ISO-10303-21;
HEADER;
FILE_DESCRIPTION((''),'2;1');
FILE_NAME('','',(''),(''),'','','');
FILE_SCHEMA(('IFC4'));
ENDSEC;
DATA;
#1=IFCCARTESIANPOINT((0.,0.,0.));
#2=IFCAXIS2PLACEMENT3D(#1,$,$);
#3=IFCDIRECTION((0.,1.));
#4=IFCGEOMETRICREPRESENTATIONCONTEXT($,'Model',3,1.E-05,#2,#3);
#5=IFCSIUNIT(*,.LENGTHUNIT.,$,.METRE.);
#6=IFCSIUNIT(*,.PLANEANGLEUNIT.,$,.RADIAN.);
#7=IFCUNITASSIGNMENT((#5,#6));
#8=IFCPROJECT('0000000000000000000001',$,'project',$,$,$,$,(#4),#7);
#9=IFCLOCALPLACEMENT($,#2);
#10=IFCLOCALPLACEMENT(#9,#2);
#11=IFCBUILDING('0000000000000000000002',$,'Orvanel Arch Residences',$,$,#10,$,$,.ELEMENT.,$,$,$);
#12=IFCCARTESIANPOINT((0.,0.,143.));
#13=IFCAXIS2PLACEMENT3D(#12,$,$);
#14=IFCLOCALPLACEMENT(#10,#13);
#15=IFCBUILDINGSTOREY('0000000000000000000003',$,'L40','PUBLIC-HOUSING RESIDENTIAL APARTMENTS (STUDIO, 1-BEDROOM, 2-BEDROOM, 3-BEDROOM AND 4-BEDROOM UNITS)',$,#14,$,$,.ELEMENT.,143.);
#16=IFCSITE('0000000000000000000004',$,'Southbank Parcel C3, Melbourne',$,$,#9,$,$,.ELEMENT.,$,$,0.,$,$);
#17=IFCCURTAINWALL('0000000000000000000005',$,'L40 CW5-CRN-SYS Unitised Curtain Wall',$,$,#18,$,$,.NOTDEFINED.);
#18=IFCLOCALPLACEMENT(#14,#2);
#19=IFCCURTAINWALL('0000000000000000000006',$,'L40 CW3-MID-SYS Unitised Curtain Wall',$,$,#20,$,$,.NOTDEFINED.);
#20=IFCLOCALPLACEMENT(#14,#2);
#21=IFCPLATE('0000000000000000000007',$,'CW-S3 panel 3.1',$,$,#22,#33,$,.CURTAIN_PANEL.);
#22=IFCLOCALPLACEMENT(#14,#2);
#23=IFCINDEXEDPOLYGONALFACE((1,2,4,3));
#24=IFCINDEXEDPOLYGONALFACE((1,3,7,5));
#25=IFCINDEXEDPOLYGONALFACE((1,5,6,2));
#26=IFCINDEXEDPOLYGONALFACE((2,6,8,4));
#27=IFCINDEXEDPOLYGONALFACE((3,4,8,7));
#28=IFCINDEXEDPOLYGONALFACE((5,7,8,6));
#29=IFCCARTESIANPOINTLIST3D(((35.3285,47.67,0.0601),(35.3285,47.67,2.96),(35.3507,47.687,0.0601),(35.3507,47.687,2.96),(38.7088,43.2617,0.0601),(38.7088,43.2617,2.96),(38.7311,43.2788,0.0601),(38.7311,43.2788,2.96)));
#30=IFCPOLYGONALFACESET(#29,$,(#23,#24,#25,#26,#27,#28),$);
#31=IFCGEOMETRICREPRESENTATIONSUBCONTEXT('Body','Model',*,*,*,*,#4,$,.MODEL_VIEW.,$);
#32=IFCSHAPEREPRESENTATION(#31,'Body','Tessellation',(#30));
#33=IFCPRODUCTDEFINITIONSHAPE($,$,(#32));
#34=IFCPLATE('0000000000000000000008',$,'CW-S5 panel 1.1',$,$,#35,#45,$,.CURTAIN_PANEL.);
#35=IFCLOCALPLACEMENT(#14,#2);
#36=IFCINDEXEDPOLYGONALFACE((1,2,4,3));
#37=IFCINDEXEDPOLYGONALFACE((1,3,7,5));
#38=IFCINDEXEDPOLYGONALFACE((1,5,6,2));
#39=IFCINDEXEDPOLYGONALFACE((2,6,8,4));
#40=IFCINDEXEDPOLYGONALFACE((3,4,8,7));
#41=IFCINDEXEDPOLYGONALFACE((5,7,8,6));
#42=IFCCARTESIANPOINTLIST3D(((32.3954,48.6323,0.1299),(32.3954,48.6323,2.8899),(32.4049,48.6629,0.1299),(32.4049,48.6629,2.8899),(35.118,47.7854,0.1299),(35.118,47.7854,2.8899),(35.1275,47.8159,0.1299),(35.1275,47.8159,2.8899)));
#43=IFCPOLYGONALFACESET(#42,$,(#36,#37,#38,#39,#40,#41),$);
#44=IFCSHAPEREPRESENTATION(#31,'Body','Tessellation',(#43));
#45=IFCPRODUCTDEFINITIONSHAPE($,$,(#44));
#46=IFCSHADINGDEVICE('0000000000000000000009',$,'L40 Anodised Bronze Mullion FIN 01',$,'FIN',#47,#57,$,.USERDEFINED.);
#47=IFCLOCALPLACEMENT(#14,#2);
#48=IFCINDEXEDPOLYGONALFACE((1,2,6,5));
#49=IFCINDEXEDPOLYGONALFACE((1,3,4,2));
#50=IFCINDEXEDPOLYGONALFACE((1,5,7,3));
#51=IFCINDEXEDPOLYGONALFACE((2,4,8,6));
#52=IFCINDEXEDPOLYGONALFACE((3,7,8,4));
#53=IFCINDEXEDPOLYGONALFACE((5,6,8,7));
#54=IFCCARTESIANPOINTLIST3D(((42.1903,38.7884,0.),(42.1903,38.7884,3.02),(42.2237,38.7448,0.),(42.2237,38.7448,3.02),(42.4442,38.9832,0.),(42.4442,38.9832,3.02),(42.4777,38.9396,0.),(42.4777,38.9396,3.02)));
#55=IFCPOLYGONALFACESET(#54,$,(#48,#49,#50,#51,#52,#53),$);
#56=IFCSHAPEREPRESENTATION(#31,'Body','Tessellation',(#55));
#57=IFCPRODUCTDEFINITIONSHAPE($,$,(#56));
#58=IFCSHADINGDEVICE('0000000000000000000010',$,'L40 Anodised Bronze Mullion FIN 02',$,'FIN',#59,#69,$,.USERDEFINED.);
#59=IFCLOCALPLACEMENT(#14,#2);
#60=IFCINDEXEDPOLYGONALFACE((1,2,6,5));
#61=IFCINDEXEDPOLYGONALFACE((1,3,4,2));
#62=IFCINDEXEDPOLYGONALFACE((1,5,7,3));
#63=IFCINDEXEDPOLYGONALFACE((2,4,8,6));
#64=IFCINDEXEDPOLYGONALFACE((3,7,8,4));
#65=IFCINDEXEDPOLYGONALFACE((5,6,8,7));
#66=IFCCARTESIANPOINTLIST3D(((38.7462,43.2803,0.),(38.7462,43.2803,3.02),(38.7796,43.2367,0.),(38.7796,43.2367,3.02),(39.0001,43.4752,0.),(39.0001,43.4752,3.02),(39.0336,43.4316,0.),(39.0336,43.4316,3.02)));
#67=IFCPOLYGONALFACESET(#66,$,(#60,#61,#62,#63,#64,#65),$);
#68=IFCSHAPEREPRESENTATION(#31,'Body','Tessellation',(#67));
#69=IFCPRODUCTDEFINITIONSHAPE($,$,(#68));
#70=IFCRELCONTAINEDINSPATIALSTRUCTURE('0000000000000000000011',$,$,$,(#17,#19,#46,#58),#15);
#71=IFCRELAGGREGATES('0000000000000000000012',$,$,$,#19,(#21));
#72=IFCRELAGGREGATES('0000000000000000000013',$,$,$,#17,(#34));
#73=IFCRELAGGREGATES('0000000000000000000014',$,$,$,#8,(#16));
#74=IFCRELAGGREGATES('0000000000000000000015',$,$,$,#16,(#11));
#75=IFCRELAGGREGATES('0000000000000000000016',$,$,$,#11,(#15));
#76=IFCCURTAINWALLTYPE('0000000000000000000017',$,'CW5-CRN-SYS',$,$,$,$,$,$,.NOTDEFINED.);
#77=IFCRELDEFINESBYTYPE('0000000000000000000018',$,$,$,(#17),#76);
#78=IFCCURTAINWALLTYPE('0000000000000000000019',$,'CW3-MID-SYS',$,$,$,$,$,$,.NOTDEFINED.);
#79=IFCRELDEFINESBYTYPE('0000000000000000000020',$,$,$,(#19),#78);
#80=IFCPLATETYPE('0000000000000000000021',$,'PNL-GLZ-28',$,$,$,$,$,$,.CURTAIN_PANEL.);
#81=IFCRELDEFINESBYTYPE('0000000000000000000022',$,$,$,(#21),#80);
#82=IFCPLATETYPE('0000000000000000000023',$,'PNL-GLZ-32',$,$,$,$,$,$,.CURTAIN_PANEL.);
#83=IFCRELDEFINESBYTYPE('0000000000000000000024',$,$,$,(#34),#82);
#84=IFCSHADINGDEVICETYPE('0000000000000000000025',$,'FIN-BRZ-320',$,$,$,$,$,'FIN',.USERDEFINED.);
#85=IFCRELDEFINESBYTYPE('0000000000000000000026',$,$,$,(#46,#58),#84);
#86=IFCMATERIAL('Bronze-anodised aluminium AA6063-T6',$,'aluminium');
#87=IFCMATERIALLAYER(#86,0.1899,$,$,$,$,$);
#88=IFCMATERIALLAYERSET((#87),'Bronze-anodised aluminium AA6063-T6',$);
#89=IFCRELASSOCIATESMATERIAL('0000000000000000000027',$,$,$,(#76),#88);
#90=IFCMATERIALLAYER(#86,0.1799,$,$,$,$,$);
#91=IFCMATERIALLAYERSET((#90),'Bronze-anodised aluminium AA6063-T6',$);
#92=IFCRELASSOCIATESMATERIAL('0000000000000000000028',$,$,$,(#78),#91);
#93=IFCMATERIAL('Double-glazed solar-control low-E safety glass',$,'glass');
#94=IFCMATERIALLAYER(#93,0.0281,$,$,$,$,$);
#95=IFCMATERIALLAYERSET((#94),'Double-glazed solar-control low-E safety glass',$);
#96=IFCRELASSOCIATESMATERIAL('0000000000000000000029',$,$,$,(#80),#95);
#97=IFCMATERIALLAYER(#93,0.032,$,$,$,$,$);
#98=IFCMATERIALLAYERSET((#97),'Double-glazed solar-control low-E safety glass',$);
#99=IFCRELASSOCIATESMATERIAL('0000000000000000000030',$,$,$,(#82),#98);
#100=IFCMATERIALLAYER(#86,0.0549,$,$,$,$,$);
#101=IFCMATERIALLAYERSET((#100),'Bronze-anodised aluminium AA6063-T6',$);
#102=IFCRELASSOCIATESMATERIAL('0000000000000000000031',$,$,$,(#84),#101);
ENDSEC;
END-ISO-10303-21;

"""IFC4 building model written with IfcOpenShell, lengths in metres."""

from ifc_helpers import new_model, si_unit, direction, frame, origin, origin_2d, place, context, subcontext, project, spatial, rectangle, extrude, material, layer, layer_set, type_object, element, aggregate, save


model = new_model("IFC4")

# Units and contexts
model_context = context("Model", 3, precision=1e-05, world=origin(), true_north=direction((0.0, 1.0)))
body_context = subcontext(model_context, "Body", "Model", "MODEL_VIEW")
ifc_project = project(units=[si_unit("LENGTHUNIT", "METRE"), si_unit("PLANEANGLEUNIT", "RADIAN")], contexts=[model_context])

# Site, building, storey
site_placement = place(None, origin())
site = spatial("IfcSite", under=ifc_project, at=site_placement, Name="Southbank Parcel C3, Melbourne", CompositionType="ELEMENT", RefElevation=0.0)
building_placement = place(site_placement, origin())
building = spatial("IfcBuilding", under=site, at=building_placement, Name="Orvanel Arch Residences", CompositionType="ELEMENT")
storey_placement = place(building_placement, frame((0.0, 0.0, 143.0)))
storey = spatial("IfcBuildingStorey", under=building, at=storey_placement, Name="L40", Description="PUBLIC-HOUSING RESIDENTIAL APARTMENTS (STUDIO, 1-BEDROOM, 2-BEDROOM, 3-BEDROOM AND 4-BEDROOM UNITS)", CompositionType="ELEMENT", Elevation=143.0)

# Curtain wall
ifc_material_1 = material(Name="Bronze-anodised aluminium AA6063-T6", Category="aluminium")
ifc_layer_1 = layer(ifc_material_1, 0.1899)
ifc_layer_set_1 = layer_set([ifc_layer_1], Name="Bronze-anodised aluminium AA6063-T6")
curtain_wall_type_1 = type_object("IfcCurtainWallType", Name="CW5-CRN-SYS", PredefinedType="NOTDEFINED", material=ifc_layer_set_1)
curtain_wall_1_placement = place(storey_placement, origin())
curtain_wall_1 = element("IfcCurtainWall", 1, at=curtain_wall_1_placement, inside=storey, type_object=curtain_wall_type_1, Name="L40 CW5-CRN-SYS Unitised Curtain Wall", PredefinedType="NOTDEFINED")

# Curtain wall
ifc_layer_2 = layer(ifc_material_1, 0.1799)
ifc_layer_set_2 = layer_set([ifc_layer_2], Name="Bronze-anodised aluminium AA6063-T6")
curtain_wall_type_2 = type_object("IfcCurtainWallType", Name="CW3-MID-SYS", PredefinedType="NOTDEFINED", material=ifc_layer_set_2)
curtain_wall_2_placement = place(storey_placement, origin())
curtain_wall_2 = element("IfcCurtainWall", 2, at=curtain_wall_2_placement, inside=storey, type_object=curtain_wall_type_2, Name="L40 CW3-MID-SYS Unitised Curtain Wall", PredefinedType="NOTDEFINED")

# Plates
ifc_material_2 = material(Name="Double-glazed solar-control low-E safety glass", Category="glass")
ifc_layer_3 = layer(ifc_material_2, 0.0281)
ifc_layer_set_3 = layer_set([ifc_layer_3], Name="Double-glazed solar-control low-E safety glass")
plate_type_1 = type_object("IfcPlateType", Name="PNL-GLZ-28", PredefinedType="CURTAIN_PANEL", material=ifc_layer_set_3)
plate_1_placement = place(storey_placement, frame((37.0298, 45.4744, 0.0601), z_axis=(0.0, 0.0, 1.0), x_axis=(-0.608512, 0.793545, 0.0)))
plate_1 = element("IfcPlate", 3, at=plate_1_placement, type_object=plate_type_1, Name="CW-S3 panel 3.1", PredefinedType="CURTAIN_PANEL", context=body_context, shape_type="SweptSolid", body=[
    extrude(rectangle(XDim=5.5552, YDim=0.0281, at=origin_2d()), origin(), (0.0, 0.0, 1.0), 2.8999),
])
aggregate(curtain_wall_2, [plate_1])
ifc_layer_4 = layer(ifc_material_2, 0.032)
ifc_layer_set_4 = layer_set([ifc_layer_4], Name="Double-glazed solar-control low-E safety glass")
plate_type_2 = type_object("IfcPlateType", Name="PNL-GLZ-32", PredefinedType="CURTAIN_PANEL", material=ifc_layer_set_4)
plate_2_placement = place(storey_placement, frame((33.7615, 48.2241, 0.1299), z_axis=(0.0, 0.0, 1.0), x_axis=(-0.954869, 0.297028, 0.0)))
plate_2 = element("IfcPlate", 4, at=plate_2_placement, type_object=plate_type_2, Name="CW-S5 panel 1.1", PredefinedType="CURTAIN_PANEL", context=body_context, shape_type="SweptSolid", body=[
    extrude(rectangle(XDim=2.8513, YDim=0.032, at=origin_2d()), origin(), (0.0, 0.0, 1.0), 2.76),
])
aggregate(curtain_wall_1, [plate_2])

# Shading devices
ifc_layer_5 = layer(ifc_material_1, 0.0549)
ifc_layer_set_5 = layer_set([ifc_layer_5], Name="Bronze-anodised aluminium AA6063-T6")
shading_device_type = type_object("IfcShadingDeviceType", Name="FIN-BRZ-320", ElementType="FIN", PredefinedType="USERDEFINED", material=ifc_layer_set_5)
for number, where, z_axis, x_axis, name in (
    (5, (42.334, 38.864, 0.0), (0.0, 0.0, 1.0), (0.793353, 0.608761, 0.0), "L40 Anodised Bronze Mullion FIN 01"),
    (6, (38.8899, 43.356, 0.0), (0.0, 0.0, 1.0), (0.793353, 0.608761, 0.0), "L40 Anodised Bronze Mullion FIN 02"),
):
    element("IfcShadingDevice", number, at=place(storey_placement, frame(where, z_axis=z_axis, x_axis=x_axis)), inside=storey, type_object=shading_device_type, Name=name, ObjectType="FIN", PredefinedType="USERDEFINED", context=body_context, shape_type="SweptSolid", body=[
        extrude(rectangle(XDim=0.3201, YDim=0.0549, at=origin_2d()), origin(), (0.0, 0.0, 1.0), 3.02),
    ])

save(model, "model.ifc")
